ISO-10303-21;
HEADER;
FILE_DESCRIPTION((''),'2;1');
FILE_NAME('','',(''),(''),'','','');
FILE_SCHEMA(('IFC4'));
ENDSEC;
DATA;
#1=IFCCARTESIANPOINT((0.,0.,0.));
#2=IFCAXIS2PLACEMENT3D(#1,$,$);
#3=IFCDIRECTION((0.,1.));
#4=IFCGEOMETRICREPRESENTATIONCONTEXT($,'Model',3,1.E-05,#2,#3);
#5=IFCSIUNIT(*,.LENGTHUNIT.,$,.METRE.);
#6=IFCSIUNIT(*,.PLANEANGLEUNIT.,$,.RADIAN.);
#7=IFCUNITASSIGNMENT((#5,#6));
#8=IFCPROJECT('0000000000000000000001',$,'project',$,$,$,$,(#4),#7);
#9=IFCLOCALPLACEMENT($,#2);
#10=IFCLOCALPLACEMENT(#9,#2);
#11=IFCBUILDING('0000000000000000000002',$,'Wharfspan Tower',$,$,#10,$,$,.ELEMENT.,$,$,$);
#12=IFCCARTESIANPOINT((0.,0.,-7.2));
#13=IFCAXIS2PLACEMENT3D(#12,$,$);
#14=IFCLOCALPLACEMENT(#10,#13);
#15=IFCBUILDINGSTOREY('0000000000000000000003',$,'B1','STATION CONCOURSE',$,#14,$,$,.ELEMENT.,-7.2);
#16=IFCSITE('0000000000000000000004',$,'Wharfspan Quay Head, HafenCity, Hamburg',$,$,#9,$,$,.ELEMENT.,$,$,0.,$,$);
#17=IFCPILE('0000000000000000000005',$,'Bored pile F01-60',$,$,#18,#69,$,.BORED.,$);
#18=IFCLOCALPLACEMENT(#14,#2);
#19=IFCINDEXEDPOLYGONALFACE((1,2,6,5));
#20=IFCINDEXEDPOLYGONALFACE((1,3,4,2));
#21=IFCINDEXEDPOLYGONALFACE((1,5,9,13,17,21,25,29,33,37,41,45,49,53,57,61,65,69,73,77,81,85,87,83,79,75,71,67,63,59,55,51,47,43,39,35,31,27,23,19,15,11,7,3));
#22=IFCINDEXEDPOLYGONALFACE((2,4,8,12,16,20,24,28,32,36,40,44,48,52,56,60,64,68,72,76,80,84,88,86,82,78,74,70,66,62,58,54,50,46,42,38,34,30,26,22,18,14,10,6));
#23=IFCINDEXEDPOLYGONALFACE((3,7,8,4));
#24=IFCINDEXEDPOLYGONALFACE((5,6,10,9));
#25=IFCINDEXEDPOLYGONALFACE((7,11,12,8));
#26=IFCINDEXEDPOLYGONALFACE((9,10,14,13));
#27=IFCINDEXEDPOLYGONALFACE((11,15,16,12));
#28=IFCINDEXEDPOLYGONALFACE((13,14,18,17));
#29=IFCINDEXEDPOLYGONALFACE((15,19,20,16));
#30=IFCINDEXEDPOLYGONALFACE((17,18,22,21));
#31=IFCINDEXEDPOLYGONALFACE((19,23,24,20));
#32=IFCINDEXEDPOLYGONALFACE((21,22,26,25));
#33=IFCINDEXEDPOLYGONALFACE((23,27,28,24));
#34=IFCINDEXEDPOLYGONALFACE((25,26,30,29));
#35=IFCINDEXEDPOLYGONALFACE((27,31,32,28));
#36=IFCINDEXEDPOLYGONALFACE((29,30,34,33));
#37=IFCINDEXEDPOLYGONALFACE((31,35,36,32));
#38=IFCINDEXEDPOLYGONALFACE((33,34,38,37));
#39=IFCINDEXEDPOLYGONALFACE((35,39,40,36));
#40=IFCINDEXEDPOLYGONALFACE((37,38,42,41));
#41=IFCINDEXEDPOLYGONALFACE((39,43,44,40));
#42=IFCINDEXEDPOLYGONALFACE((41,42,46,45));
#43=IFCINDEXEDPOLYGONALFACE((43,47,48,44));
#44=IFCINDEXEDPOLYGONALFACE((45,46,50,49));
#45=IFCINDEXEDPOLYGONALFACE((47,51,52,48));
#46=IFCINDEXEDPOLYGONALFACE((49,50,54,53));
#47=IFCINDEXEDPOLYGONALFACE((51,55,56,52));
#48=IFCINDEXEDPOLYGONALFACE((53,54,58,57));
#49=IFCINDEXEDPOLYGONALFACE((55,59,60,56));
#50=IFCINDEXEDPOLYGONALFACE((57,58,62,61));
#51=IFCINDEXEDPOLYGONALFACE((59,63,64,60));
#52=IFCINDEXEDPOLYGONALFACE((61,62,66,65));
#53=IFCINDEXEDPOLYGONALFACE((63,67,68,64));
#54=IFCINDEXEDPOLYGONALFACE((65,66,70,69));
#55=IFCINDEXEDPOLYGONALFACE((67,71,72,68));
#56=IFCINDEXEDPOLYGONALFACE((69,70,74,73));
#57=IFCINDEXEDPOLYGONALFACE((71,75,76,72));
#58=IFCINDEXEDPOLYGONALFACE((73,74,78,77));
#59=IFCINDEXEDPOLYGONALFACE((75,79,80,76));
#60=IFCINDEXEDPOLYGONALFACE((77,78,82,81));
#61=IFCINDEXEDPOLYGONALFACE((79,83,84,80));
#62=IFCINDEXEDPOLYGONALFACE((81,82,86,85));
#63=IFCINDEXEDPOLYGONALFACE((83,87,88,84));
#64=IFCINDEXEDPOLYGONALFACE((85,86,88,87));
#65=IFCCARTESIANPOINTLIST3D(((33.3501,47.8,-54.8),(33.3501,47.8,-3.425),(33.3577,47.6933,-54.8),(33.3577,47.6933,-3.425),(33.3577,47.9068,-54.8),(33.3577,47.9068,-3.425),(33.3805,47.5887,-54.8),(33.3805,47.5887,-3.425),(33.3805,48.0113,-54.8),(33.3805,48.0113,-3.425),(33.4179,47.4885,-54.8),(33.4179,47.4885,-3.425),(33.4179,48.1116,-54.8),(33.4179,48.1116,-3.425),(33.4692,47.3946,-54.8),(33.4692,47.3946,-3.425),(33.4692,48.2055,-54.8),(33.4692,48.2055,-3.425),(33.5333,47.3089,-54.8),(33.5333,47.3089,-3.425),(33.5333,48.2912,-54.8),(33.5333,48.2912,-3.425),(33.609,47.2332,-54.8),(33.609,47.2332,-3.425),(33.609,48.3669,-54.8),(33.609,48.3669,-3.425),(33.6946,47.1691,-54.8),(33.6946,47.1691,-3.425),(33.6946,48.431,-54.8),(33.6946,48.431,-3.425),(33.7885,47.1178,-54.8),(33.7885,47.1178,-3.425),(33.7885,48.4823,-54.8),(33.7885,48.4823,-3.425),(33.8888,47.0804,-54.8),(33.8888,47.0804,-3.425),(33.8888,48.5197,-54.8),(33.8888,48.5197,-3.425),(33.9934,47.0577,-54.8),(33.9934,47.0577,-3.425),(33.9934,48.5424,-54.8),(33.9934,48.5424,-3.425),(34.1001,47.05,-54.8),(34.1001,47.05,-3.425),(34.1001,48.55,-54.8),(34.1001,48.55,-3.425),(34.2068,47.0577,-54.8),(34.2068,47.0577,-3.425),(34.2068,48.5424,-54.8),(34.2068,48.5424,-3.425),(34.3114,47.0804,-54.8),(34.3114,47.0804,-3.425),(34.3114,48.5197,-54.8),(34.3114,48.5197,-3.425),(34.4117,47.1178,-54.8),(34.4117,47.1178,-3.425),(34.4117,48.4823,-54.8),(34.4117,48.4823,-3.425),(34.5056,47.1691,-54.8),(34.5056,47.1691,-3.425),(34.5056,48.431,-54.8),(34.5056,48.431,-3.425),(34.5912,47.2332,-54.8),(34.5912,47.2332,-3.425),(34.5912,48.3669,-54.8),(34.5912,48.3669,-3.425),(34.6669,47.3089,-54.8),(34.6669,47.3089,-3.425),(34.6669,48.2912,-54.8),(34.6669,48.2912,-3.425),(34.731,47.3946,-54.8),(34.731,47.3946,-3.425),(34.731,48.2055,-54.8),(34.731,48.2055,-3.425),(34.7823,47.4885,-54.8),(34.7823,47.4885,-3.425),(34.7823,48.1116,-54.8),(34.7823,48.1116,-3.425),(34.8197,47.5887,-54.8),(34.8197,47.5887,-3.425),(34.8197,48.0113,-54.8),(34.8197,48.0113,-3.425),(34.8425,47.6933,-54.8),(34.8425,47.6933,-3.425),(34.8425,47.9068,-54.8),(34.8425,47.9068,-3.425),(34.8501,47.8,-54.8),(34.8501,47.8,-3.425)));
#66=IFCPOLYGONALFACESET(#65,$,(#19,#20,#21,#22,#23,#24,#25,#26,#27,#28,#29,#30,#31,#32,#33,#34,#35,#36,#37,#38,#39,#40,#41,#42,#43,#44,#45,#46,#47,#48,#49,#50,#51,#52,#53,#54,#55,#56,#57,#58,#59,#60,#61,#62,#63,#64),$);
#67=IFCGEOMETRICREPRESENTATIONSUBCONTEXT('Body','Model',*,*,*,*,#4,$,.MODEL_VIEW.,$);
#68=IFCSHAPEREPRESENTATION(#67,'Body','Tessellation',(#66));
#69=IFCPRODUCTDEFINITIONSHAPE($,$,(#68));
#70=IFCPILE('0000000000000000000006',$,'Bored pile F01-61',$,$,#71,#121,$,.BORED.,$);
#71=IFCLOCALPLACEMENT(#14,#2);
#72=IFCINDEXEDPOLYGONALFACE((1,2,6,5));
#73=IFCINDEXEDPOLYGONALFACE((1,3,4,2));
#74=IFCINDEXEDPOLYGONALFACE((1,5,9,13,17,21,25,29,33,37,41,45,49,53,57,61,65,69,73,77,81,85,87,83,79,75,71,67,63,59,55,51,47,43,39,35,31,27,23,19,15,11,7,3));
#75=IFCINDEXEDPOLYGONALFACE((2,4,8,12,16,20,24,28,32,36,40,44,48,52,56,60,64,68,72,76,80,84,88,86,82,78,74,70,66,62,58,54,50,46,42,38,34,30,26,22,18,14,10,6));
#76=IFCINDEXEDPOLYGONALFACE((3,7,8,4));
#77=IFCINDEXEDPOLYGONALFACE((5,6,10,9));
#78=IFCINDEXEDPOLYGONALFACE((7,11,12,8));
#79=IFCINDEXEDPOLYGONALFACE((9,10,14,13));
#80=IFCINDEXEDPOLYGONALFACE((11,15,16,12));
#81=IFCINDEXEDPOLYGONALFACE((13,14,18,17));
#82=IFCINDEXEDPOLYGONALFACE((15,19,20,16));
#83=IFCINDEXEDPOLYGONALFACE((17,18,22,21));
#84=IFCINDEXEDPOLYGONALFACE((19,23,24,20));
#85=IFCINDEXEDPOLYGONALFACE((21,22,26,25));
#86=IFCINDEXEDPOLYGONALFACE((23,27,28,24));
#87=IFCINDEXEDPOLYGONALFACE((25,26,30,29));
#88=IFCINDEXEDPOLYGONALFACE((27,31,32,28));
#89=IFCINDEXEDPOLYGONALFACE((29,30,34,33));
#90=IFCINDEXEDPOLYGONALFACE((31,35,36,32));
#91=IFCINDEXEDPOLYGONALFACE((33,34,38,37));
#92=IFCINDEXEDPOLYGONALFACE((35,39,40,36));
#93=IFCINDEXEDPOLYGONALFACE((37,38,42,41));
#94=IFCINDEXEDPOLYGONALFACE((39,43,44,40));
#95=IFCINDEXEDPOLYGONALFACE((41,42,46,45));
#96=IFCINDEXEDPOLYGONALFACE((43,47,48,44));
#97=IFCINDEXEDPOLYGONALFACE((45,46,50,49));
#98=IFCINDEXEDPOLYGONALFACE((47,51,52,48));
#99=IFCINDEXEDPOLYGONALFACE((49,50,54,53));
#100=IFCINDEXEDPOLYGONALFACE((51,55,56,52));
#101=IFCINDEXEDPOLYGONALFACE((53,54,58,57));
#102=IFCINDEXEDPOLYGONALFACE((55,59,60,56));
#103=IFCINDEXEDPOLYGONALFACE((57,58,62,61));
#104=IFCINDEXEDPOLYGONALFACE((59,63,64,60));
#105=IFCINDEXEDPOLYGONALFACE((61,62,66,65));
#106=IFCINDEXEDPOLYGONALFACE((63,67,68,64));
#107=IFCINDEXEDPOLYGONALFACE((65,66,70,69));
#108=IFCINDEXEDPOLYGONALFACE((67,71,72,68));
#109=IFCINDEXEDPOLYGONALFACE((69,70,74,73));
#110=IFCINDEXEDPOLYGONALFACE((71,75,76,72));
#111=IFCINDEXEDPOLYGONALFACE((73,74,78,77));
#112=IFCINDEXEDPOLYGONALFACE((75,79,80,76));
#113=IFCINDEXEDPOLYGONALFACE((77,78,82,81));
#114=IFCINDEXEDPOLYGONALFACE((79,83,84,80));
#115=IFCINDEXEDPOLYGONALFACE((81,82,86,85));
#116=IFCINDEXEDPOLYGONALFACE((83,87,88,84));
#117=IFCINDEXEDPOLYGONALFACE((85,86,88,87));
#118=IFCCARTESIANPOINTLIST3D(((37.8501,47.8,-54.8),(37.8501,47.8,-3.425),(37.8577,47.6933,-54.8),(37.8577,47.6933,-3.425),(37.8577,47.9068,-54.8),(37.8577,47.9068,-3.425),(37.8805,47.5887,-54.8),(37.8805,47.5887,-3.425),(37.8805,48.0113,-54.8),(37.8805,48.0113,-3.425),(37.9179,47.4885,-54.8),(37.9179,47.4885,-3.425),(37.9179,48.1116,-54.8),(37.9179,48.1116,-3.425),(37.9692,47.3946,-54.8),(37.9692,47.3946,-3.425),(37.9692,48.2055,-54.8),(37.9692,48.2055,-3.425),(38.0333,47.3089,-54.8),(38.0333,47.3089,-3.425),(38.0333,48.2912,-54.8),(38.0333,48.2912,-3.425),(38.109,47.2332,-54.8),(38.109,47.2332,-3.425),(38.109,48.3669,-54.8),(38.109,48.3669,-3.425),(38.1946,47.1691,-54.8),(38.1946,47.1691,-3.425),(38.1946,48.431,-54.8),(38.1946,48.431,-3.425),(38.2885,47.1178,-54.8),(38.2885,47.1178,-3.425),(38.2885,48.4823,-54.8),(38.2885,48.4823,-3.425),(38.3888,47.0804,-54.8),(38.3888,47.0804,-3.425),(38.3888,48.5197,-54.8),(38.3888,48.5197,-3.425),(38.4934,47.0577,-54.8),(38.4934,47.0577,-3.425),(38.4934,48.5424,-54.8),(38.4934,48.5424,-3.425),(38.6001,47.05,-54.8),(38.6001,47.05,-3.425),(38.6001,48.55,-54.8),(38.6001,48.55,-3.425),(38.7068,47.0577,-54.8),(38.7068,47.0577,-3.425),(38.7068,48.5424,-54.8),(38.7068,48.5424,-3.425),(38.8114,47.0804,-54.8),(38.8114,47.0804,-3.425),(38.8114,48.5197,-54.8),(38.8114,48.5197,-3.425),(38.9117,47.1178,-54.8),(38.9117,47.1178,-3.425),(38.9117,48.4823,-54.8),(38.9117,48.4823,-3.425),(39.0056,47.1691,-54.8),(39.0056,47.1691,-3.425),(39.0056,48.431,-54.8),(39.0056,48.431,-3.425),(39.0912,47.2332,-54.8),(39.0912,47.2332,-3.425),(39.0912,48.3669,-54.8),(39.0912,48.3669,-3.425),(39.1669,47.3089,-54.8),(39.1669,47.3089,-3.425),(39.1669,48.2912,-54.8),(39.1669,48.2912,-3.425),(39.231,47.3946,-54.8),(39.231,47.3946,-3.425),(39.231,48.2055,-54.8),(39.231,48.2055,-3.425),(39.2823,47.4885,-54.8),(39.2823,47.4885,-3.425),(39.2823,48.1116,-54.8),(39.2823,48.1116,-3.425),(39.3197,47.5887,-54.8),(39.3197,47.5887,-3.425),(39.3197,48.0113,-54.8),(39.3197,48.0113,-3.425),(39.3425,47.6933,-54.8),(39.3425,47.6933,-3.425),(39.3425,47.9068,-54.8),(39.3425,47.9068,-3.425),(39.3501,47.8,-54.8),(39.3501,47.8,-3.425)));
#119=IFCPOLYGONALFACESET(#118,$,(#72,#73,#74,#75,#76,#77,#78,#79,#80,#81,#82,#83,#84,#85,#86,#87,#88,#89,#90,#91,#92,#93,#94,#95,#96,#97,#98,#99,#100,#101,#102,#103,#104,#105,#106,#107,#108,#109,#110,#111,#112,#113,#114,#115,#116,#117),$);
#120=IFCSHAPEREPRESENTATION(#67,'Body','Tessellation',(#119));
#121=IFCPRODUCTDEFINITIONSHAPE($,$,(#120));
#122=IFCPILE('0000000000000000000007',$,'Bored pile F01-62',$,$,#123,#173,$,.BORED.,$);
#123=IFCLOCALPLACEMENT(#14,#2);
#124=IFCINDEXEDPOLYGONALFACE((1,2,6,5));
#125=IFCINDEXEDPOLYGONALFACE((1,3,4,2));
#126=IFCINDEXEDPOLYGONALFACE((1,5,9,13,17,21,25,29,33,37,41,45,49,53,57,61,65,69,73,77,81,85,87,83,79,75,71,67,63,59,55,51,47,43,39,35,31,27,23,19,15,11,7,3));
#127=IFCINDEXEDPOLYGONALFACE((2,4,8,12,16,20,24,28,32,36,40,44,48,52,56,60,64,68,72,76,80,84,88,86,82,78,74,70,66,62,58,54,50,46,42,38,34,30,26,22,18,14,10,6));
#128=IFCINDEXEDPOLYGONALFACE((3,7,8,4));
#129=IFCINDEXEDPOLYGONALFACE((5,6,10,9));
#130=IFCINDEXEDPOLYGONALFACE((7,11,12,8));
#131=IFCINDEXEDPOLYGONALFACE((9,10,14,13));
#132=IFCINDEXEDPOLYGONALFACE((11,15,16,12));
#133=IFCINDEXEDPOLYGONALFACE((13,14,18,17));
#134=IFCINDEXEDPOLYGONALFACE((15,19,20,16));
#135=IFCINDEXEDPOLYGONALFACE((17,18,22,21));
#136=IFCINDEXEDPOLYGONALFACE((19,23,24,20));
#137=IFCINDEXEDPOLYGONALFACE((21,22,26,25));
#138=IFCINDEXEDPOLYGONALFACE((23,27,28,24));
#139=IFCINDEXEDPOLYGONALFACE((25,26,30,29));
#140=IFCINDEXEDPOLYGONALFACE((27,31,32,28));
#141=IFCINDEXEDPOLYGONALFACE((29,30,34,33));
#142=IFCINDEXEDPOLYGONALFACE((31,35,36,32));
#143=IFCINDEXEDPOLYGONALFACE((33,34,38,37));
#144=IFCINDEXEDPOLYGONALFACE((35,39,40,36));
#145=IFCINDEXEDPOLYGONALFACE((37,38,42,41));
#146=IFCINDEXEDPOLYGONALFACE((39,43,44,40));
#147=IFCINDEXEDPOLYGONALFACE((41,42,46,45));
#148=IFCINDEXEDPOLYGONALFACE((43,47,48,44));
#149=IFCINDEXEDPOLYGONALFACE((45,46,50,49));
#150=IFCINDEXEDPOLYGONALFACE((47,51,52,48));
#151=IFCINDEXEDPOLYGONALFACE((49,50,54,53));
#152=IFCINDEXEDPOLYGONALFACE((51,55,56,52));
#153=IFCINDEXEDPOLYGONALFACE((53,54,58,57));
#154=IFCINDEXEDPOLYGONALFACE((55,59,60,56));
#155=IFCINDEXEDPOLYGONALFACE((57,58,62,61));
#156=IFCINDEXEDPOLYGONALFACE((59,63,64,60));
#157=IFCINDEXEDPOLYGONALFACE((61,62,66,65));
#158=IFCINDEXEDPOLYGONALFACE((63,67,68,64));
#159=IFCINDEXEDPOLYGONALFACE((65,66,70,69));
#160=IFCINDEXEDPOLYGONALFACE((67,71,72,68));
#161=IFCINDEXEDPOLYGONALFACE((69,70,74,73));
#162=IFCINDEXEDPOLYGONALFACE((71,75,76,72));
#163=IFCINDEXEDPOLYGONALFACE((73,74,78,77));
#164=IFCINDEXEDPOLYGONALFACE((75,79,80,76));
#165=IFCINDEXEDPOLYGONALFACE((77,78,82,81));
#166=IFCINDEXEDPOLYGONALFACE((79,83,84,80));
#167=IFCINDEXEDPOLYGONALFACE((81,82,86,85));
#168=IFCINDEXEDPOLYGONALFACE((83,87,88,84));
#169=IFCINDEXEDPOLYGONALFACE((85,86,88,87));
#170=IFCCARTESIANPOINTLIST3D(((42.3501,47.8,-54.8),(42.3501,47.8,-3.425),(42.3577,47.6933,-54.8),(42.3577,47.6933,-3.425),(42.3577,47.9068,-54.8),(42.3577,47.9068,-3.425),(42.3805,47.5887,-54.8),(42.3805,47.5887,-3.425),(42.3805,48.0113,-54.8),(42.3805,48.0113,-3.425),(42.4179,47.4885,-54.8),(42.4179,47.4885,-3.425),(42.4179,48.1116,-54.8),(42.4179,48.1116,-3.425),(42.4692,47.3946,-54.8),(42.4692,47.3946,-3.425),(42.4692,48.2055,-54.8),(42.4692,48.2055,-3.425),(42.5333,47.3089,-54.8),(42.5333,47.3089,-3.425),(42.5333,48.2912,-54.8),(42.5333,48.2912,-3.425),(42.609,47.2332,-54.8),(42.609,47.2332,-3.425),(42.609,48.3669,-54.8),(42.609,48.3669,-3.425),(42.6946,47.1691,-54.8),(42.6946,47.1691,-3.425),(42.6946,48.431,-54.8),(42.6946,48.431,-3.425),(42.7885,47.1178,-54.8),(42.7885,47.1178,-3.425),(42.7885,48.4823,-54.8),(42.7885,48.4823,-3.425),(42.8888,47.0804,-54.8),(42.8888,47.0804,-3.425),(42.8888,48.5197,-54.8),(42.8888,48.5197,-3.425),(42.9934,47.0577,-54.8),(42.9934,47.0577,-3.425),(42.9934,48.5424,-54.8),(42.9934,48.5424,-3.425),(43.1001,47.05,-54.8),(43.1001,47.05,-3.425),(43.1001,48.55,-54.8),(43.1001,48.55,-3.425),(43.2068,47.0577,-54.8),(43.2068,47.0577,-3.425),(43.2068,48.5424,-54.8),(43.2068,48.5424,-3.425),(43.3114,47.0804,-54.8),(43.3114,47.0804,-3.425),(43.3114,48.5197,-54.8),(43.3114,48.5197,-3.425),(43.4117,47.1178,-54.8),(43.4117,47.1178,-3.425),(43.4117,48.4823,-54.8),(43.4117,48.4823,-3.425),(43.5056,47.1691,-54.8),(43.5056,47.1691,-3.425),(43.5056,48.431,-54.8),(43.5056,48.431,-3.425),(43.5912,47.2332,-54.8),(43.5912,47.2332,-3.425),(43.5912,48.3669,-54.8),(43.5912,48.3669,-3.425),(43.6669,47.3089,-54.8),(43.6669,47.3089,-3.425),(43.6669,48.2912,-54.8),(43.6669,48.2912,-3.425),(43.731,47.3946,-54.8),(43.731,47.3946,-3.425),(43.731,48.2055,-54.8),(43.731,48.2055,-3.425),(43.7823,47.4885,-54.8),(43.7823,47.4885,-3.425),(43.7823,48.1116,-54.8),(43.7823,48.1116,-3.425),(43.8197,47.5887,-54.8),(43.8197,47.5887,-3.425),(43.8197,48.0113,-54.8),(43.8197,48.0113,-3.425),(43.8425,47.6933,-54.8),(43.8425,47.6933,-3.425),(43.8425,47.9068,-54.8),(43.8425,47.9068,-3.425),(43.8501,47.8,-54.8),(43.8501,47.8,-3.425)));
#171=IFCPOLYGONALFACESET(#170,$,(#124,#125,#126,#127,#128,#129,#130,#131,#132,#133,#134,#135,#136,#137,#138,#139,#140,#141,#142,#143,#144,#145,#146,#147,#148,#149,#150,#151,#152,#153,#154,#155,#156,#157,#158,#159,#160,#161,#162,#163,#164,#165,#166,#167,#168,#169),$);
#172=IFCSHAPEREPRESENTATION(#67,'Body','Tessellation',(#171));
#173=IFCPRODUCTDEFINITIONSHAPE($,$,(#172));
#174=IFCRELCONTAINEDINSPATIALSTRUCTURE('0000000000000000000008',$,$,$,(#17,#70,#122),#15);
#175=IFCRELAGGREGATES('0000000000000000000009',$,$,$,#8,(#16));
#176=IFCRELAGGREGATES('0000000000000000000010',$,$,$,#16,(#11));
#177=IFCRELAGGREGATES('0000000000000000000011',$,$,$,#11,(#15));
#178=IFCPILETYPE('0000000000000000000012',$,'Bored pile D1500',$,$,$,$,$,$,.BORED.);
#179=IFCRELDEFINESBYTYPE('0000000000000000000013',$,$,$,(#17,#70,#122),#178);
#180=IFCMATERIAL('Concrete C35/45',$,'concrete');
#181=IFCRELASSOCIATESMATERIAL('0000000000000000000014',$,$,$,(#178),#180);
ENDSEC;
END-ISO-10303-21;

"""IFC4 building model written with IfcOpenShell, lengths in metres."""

from ifc_helpers import new_model, si_unit, direction, frame, origin, origin_2d, place, context, subcontext, project, spatial, circle, extrude, material, material_profile, profile_set, type_object, element, save


model = new_model("IFC4")

# Units and contexts
model_context = context("Model", 3, precision=1e-05, world=origin(), true_north=direction((0.0, 1.0)))
body_context = subcontext(model_context, "Body", "Model", "MODEL_VIEW")
ifc_project = project(units=[si_unit("LENGTHUNIT", "METRE"), si_unit("PLANEANGLEUNIT", "RADIAN")], contexts=[model_context])

# Site, building, storey
site_placement = place(None, origin())
site = spatial("IfcSite", under=ifc_project, at=site_placement, Name="Wharfspan Quay Head, HafenCity, Hamburg", CompositionType="ELEMENT", RefElevation=0.0)
building_placement = place(site_placement, origin())
building = spatial("IfcBuilding", under=site, at=building_placement, Name="Wharfspan Tower", CompositionType="ELEMENT")
storey_placement = place(building_placement, frame((0.0, 0.0, -7.2)))
storey = spatial("IfcBuildingStorey", under=building, at=storey_placement, Name="B1", Description="STATION CONCOURSE", CompositionType="ELEMENT", Elevation=-7.2)

# Piles
ifc_material_1 = material(Name="Concrete C35/45", Category="concrete")
ifc_material_profile_1 = material_profile(ifc_material_1, circle(Radius=0.75, at=origin_2d()))
ifc_profile_set_1 = profile_set([ifc_material_profile_1], Name="Concrete C35/45")
pile_type = type_object("IfcPileType", Name="Bored pile D1500", PredefinedType="BORED", material=ifc_profile_set_1)
for number, where, z_axis, x_axis, name in (
    (1, (34.1001, 47.8, -3.425), (0.0, 0.0, -1.0), (1.0, 0.0, 0.0), "Bored pile F01-60"),
    (2, (38.6001, 47.8, -3.425), (0.0, 0.0, -1.0), (1.0, 0.0, 0.0), "Bored pile F01-61"),
    (3, (43.1001, 47.8, -3.425), (0.0, 0.0, -1.0), (1.0, 0.0, 0.0), "Bored pile F01-62"),
):
    element("IfcPile", number, at=place(storey_placement, frame(where, z_axis=z_axis, x_axis=x_axis)), inside=storey, type_object=pile_type, Name=name, PredefinedType="BORED", context=body_context, shape_type="SweptSolid", body=[
        extrude(circle(Radius=0.75, at=origin_2d()), origin(), (0.0, 0.0, 1.0), 51.375),
    ])

save(model, "model.ifc")
